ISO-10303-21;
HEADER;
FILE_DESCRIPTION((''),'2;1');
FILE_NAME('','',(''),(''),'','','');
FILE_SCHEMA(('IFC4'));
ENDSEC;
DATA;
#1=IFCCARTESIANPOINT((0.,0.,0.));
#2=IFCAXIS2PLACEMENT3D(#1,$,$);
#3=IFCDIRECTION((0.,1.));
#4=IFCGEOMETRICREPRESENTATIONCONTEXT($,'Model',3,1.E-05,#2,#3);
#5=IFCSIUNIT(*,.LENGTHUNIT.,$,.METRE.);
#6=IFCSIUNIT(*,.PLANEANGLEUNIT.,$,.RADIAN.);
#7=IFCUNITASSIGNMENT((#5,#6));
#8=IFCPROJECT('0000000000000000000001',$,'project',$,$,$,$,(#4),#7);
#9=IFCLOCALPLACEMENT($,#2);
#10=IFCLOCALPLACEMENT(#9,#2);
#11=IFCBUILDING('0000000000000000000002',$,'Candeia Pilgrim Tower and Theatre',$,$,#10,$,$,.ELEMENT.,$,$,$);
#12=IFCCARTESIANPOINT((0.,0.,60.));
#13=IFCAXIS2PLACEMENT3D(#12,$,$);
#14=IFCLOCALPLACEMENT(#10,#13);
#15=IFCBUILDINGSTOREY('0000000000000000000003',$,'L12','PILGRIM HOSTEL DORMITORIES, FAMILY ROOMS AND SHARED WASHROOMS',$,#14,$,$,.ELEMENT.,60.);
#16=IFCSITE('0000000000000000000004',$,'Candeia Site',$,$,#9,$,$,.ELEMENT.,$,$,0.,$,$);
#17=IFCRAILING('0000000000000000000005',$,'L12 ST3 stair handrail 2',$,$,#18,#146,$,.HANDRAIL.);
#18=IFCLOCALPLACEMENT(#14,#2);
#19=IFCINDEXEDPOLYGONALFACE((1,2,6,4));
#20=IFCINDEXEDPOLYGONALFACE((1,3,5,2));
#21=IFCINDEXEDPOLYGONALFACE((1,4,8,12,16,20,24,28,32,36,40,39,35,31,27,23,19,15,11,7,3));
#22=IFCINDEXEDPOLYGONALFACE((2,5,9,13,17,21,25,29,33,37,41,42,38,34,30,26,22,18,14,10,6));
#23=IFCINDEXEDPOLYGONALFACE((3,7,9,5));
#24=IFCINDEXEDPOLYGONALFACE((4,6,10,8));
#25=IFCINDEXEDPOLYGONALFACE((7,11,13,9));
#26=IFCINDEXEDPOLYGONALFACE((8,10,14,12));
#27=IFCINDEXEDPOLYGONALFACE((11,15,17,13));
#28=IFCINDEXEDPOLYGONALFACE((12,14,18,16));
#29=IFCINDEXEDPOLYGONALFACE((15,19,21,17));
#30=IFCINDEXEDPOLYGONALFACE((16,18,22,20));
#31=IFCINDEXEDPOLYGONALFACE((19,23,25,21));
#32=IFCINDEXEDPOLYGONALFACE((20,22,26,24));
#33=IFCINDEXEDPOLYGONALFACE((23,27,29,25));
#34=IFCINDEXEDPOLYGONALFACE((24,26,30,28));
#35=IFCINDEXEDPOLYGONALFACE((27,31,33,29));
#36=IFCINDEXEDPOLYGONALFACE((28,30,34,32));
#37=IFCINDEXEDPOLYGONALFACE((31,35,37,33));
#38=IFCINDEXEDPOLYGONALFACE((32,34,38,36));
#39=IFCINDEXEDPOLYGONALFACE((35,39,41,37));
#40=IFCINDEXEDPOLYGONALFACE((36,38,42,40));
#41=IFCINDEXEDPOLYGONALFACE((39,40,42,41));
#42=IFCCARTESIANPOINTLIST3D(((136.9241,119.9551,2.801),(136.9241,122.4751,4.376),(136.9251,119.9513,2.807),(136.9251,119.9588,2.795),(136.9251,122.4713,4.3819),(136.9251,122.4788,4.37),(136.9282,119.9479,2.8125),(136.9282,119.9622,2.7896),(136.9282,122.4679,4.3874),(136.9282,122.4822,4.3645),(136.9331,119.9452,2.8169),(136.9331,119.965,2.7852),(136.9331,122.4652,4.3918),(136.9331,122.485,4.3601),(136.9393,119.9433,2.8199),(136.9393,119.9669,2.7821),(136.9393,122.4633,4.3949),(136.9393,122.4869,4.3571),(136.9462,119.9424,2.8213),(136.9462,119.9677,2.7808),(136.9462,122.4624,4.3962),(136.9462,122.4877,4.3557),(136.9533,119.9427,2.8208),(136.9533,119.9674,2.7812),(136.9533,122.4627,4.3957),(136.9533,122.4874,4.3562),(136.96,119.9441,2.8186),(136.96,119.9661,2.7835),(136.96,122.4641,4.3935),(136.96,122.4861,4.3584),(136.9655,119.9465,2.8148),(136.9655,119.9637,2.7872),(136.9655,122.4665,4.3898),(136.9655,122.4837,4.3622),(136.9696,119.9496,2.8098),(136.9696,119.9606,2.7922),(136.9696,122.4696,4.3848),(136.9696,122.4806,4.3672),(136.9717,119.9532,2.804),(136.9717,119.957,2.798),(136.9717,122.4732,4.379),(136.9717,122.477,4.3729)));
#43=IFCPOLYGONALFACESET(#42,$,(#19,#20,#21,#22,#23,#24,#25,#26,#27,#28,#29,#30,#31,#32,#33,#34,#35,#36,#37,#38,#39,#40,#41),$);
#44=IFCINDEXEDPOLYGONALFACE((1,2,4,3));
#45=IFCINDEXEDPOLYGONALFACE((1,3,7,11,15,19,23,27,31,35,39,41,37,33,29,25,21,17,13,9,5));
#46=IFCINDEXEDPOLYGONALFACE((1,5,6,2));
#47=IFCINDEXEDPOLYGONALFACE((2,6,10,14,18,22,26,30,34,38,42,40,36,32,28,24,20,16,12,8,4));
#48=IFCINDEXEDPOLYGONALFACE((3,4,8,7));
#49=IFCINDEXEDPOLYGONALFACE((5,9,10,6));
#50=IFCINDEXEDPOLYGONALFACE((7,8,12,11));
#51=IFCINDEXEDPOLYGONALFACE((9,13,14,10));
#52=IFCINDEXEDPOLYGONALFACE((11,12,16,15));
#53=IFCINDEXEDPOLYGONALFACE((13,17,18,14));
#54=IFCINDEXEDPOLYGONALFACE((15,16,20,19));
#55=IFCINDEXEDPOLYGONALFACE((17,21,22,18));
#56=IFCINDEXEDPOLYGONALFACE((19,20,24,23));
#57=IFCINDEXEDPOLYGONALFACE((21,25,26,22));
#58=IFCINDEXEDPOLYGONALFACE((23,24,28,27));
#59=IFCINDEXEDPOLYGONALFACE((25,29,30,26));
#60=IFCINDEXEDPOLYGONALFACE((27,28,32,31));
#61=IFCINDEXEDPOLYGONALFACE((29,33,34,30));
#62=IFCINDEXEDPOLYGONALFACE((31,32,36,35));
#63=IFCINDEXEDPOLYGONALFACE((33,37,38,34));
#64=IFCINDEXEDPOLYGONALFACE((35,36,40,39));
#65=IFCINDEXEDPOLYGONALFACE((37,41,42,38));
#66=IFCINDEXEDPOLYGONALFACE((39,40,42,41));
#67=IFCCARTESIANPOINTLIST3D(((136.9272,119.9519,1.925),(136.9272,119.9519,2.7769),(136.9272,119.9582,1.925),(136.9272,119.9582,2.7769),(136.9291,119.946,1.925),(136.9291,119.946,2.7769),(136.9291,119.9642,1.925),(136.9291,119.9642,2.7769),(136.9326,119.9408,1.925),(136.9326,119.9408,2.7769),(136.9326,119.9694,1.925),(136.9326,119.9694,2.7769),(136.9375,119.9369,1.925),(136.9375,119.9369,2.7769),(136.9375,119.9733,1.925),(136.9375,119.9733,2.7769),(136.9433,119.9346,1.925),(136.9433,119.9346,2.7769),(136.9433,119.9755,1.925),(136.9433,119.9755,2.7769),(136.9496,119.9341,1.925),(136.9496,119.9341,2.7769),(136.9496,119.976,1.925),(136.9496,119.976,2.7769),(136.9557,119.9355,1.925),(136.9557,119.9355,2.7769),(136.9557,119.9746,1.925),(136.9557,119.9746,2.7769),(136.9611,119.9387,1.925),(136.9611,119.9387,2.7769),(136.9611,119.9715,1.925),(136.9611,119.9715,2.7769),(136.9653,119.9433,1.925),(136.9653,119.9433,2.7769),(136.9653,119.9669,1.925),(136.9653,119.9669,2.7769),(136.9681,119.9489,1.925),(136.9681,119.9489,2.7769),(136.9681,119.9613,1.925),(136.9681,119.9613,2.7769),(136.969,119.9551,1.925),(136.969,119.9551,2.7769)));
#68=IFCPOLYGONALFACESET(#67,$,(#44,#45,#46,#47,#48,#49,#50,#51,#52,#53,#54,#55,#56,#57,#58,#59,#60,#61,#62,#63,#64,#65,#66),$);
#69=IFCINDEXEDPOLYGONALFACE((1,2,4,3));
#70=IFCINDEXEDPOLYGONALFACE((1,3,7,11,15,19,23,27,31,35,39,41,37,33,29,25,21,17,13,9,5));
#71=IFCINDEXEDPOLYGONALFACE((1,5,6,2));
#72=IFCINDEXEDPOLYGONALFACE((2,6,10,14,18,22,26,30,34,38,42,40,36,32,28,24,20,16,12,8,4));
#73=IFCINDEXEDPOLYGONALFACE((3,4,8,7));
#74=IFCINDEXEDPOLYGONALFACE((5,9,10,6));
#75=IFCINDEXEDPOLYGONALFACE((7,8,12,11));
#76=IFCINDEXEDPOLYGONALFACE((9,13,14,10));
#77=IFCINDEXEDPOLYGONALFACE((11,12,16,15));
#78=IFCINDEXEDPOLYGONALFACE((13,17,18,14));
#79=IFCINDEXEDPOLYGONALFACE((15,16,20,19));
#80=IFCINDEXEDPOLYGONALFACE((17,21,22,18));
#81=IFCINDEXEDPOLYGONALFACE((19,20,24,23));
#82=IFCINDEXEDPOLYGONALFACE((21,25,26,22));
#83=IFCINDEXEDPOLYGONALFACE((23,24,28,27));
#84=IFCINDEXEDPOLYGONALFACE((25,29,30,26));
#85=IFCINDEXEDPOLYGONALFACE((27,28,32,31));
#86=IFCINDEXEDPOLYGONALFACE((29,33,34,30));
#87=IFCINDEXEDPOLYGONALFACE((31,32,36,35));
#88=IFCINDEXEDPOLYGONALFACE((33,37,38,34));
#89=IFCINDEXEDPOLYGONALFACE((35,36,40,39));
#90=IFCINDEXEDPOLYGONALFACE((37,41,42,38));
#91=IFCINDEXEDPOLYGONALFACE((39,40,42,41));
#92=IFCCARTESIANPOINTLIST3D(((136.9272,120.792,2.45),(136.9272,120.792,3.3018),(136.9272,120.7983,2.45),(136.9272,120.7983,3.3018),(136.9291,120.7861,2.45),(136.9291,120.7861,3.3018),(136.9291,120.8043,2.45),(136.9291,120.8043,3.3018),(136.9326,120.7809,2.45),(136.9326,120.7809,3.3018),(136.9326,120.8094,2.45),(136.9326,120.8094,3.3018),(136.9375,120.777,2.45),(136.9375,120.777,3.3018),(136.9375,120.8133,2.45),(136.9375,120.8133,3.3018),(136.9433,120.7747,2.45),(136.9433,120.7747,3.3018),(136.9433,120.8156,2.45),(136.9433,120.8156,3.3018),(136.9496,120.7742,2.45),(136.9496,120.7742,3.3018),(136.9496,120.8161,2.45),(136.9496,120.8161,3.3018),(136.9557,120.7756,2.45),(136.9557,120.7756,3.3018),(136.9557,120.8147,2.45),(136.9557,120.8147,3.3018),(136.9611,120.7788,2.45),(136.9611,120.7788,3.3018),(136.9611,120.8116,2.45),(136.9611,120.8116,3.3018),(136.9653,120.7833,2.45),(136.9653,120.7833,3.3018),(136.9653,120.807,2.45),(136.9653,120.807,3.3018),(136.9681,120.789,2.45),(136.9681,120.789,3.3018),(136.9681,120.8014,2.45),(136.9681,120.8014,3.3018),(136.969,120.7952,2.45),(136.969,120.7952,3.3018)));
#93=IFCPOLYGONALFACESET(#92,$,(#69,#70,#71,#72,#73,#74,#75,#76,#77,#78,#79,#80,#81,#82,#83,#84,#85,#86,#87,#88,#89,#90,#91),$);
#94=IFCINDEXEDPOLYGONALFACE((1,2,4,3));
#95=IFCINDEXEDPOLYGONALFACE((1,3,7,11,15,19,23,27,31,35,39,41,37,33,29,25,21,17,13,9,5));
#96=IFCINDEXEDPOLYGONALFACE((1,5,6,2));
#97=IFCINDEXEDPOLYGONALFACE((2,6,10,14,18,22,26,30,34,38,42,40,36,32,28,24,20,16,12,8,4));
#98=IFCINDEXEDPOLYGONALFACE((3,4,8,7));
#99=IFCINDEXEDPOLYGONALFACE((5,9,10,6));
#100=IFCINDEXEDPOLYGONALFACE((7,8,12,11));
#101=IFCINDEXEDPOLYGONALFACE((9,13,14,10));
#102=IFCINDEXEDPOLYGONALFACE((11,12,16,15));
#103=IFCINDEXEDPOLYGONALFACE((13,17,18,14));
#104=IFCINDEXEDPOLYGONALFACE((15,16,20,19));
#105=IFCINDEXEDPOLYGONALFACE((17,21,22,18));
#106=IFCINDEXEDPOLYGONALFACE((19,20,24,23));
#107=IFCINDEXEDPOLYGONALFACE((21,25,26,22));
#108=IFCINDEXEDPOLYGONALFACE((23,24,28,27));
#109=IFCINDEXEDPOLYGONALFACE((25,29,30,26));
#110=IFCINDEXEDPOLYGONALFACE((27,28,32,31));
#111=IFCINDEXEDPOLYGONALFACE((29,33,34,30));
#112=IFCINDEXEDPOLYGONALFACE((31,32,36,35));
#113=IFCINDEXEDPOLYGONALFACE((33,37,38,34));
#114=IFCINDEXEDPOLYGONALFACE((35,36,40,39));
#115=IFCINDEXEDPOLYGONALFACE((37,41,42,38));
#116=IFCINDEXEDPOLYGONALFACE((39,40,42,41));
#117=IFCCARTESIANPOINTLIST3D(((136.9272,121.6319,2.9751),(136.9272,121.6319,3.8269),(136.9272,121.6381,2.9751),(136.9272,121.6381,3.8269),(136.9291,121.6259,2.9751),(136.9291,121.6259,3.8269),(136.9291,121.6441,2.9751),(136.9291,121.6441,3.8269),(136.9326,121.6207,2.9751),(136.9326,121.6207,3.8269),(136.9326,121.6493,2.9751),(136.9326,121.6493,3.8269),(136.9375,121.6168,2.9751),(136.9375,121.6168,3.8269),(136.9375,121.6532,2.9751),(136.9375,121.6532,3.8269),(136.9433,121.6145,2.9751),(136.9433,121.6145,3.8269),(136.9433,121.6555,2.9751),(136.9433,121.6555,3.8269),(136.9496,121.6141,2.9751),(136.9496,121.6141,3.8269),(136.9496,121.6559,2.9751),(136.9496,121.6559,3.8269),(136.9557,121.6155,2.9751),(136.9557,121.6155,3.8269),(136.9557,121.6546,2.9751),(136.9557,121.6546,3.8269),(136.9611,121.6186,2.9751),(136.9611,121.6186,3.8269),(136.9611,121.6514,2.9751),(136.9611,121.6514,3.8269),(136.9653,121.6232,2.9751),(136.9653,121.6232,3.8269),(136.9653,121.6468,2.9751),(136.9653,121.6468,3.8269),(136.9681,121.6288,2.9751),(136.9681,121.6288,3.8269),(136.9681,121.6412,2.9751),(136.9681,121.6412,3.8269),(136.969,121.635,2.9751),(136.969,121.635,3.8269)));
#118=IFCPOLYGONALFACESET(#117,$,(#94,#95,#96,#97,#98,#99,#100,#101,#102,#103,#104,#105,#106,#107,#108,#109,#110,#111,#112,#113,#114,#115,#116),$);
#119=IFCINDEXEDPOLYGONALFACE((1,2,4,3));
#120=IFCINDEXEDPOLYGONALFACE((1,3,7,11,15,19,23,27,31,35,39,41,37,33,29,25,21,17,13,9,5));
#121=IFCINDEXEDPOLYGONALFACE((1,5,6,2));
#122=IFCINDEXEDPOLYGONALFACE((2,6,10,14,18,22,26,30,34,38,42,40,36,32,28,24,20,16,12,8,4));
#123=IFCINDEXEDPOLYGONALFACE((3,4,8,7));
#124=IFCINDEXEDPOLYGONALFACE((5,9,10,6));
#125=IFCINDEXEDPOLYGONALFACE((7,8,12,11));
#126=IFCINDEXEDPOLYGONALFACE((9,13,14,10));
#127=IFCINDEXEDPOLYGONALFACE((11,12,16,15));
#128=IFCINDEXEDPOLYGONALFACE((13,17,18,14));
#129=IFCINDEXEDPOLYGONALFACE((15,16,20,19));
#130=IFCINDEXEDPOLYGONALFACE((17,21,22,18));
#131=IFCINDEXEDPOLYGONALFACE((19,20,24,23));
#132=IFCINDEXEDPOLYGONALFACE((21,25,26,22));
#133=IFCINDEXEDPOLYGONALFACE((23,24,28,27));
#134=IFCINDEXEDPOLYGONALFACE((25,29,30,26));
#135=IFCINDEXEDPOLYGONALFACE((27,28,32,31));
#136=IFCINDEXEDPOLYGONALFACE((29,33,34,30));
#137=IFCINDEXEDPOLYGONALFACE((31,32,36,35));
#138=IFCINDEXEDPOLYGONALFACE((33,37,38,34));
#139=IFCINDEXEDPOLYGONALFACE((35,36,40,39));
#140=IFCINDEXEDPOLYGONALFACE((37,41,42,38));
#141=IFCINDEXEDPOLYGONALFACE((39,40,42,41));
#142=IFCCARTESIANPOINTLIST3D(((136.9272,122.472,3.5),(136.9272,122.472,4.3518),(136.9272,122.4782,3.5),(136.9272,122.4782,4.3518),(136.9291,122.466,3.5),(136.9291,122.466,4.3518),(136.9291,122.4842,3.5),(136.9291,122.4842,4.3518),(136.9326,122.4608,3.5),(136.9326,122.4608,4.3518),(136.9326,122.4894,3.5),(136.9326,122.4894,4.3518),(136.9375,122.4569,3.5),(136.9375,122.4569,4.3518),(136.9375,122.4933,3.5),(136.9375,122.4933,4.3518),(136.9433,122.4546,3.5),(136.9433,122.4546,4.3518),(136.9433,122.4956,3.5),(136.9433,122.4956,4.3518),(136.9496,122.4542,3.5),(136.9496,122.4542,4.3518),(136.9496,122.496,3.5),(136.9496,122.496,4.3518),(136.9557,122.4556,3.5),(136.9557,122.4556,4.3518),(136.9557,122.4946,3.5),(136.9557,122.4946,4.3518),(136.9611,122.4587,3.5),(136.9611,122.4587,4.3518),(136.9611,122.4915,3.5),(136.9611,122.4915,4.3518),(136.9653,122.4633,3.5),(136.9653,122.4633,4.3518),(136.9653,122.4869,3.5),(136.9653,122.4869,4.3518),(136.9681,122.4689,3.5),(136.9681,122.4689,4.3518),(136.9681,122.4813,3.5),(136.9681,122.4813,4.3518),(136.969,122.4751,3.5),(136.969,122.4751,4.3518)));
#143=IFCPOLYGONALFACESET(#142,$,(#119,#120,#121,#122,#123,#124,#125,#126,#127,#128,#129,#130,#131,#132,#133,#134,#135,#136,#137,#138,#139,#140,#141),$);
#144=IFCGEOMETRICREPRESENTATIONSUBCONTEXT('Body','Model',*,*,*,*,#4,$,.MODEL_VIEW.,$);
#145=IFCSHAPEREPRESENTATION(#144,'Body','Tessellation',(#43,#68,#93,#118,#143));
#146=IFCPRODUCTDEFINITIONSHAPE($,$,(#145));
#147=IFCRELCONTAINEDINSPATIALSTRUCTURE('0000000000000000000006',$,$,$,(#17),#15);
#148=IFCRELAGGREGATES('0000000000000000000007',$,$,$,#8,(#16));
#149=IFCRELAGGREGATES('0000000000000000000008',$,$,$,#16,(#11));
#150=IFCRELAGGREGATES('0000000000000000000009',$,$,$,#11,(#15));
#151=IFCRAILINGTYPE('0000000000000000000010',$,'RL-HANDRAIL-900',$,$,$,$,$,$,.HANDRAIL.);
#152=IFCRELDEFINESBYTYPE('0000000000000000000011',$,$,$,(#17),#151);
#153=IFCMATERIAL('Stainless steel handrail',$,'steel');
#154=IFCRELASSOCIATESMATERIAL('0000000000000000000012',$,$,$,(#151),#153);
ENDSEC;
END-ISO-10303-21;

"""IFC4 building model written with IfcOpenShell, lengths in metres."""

from ifc_helpers import new_model, si_unit, direction, frame, origin, origin_2d, place, context, subcontext, project, spatial, circle, extrude, material, type_object, element, save


model = new_model("IFC4")

# Units and contexts
model_context = context("Model", 3, precision=1e-05, world=origin(), true_north=direction((0.0, 1.0)))
body_context = subcontext(model_context, "Body", "Model", "MODEL_VIEW")
ifc_project = project(units=[si_unit("LENGTHUNIT", "METRE"), si_unit("PLANEANGLEUNIT", "RADIAN")], contexts=[model_context])

# Site, building, storey
site_placement = place(None, origin())
site = spatial("IfcSite", under=ifc_project, at=site_placement, Name="Candeia Site", CompositionType="ELEMENT", RefElevation=0.0)
building_placement = place(site_placement, origin())
building = spatial("IfcBuilding", under=site, at=building_placement, Name="Candeia Pilgrim Tower and Theatre", CompositionType="ELEMENT")
storey_placement = place(building_placement, frame((0.0, 0.0, 60.0)))
storey = spatial("IfcBuildingStorey", under=building, at=storey_placement, Name="L12", Description="PILGRIM HOSTEL DORMITORIES, FAMILY ROOMS AND SHARED WASHROOMS", CompositionType="ELEMENT", Elevation=60.0)

# Railing
ifc_material_1 = material(Name="Stainless steel handrail", Category="steel")
railing_type_1 = type_object("IfcRailingType", Name="RL-HANDRAIL-900", PredefinedType="HANDRAIL", material=ifc_material_1)
railing_1_placement = place(storey_placement, frame((136.948, 119.9551, 1.925)))
element("IfcRailing", 1, at=railing_1_placement, inside=storey, type_object=railing_type_1, Name="L12 ST3 stair handrail 2", PredefinedType="HANDRAIL", context=body_context, shape_type="SweptSolid", body=[
    extrude(circle(Radius=0.0239, at=origin_2d()), frame((0.0, 0.0, 0.876), z_axis=(0.0, 0.848008, 0.529984), x_axis=(-1.0, 0.0, 0.0)), (0.0, 0.0, 1.0), 2.9717),
    extrude(circle(Radius=0.021, at=origin_2d()), origin(), (0.0, 0.0, 1.0), 0.8518),
    extrude(circle(Radius=0.021, at=origin_2d()), frame((0.0, 0.8401, 0.5249)), (0.0, 0.0, 1.0), 0.8518),
    extrude(circle(Radius=0.021, at=origin_2d()), frame((0.0, 1.6799, 1.05)), (0.0, 0.0, 1.0), 0.8518),
    extrude(circle(Radius=0.021, at=origin_2d()), frame((0.0, 2.52, 1.575)), (0.0, 0.0, 1.0), 0.8518),
])

save(model, "model.ifc")
